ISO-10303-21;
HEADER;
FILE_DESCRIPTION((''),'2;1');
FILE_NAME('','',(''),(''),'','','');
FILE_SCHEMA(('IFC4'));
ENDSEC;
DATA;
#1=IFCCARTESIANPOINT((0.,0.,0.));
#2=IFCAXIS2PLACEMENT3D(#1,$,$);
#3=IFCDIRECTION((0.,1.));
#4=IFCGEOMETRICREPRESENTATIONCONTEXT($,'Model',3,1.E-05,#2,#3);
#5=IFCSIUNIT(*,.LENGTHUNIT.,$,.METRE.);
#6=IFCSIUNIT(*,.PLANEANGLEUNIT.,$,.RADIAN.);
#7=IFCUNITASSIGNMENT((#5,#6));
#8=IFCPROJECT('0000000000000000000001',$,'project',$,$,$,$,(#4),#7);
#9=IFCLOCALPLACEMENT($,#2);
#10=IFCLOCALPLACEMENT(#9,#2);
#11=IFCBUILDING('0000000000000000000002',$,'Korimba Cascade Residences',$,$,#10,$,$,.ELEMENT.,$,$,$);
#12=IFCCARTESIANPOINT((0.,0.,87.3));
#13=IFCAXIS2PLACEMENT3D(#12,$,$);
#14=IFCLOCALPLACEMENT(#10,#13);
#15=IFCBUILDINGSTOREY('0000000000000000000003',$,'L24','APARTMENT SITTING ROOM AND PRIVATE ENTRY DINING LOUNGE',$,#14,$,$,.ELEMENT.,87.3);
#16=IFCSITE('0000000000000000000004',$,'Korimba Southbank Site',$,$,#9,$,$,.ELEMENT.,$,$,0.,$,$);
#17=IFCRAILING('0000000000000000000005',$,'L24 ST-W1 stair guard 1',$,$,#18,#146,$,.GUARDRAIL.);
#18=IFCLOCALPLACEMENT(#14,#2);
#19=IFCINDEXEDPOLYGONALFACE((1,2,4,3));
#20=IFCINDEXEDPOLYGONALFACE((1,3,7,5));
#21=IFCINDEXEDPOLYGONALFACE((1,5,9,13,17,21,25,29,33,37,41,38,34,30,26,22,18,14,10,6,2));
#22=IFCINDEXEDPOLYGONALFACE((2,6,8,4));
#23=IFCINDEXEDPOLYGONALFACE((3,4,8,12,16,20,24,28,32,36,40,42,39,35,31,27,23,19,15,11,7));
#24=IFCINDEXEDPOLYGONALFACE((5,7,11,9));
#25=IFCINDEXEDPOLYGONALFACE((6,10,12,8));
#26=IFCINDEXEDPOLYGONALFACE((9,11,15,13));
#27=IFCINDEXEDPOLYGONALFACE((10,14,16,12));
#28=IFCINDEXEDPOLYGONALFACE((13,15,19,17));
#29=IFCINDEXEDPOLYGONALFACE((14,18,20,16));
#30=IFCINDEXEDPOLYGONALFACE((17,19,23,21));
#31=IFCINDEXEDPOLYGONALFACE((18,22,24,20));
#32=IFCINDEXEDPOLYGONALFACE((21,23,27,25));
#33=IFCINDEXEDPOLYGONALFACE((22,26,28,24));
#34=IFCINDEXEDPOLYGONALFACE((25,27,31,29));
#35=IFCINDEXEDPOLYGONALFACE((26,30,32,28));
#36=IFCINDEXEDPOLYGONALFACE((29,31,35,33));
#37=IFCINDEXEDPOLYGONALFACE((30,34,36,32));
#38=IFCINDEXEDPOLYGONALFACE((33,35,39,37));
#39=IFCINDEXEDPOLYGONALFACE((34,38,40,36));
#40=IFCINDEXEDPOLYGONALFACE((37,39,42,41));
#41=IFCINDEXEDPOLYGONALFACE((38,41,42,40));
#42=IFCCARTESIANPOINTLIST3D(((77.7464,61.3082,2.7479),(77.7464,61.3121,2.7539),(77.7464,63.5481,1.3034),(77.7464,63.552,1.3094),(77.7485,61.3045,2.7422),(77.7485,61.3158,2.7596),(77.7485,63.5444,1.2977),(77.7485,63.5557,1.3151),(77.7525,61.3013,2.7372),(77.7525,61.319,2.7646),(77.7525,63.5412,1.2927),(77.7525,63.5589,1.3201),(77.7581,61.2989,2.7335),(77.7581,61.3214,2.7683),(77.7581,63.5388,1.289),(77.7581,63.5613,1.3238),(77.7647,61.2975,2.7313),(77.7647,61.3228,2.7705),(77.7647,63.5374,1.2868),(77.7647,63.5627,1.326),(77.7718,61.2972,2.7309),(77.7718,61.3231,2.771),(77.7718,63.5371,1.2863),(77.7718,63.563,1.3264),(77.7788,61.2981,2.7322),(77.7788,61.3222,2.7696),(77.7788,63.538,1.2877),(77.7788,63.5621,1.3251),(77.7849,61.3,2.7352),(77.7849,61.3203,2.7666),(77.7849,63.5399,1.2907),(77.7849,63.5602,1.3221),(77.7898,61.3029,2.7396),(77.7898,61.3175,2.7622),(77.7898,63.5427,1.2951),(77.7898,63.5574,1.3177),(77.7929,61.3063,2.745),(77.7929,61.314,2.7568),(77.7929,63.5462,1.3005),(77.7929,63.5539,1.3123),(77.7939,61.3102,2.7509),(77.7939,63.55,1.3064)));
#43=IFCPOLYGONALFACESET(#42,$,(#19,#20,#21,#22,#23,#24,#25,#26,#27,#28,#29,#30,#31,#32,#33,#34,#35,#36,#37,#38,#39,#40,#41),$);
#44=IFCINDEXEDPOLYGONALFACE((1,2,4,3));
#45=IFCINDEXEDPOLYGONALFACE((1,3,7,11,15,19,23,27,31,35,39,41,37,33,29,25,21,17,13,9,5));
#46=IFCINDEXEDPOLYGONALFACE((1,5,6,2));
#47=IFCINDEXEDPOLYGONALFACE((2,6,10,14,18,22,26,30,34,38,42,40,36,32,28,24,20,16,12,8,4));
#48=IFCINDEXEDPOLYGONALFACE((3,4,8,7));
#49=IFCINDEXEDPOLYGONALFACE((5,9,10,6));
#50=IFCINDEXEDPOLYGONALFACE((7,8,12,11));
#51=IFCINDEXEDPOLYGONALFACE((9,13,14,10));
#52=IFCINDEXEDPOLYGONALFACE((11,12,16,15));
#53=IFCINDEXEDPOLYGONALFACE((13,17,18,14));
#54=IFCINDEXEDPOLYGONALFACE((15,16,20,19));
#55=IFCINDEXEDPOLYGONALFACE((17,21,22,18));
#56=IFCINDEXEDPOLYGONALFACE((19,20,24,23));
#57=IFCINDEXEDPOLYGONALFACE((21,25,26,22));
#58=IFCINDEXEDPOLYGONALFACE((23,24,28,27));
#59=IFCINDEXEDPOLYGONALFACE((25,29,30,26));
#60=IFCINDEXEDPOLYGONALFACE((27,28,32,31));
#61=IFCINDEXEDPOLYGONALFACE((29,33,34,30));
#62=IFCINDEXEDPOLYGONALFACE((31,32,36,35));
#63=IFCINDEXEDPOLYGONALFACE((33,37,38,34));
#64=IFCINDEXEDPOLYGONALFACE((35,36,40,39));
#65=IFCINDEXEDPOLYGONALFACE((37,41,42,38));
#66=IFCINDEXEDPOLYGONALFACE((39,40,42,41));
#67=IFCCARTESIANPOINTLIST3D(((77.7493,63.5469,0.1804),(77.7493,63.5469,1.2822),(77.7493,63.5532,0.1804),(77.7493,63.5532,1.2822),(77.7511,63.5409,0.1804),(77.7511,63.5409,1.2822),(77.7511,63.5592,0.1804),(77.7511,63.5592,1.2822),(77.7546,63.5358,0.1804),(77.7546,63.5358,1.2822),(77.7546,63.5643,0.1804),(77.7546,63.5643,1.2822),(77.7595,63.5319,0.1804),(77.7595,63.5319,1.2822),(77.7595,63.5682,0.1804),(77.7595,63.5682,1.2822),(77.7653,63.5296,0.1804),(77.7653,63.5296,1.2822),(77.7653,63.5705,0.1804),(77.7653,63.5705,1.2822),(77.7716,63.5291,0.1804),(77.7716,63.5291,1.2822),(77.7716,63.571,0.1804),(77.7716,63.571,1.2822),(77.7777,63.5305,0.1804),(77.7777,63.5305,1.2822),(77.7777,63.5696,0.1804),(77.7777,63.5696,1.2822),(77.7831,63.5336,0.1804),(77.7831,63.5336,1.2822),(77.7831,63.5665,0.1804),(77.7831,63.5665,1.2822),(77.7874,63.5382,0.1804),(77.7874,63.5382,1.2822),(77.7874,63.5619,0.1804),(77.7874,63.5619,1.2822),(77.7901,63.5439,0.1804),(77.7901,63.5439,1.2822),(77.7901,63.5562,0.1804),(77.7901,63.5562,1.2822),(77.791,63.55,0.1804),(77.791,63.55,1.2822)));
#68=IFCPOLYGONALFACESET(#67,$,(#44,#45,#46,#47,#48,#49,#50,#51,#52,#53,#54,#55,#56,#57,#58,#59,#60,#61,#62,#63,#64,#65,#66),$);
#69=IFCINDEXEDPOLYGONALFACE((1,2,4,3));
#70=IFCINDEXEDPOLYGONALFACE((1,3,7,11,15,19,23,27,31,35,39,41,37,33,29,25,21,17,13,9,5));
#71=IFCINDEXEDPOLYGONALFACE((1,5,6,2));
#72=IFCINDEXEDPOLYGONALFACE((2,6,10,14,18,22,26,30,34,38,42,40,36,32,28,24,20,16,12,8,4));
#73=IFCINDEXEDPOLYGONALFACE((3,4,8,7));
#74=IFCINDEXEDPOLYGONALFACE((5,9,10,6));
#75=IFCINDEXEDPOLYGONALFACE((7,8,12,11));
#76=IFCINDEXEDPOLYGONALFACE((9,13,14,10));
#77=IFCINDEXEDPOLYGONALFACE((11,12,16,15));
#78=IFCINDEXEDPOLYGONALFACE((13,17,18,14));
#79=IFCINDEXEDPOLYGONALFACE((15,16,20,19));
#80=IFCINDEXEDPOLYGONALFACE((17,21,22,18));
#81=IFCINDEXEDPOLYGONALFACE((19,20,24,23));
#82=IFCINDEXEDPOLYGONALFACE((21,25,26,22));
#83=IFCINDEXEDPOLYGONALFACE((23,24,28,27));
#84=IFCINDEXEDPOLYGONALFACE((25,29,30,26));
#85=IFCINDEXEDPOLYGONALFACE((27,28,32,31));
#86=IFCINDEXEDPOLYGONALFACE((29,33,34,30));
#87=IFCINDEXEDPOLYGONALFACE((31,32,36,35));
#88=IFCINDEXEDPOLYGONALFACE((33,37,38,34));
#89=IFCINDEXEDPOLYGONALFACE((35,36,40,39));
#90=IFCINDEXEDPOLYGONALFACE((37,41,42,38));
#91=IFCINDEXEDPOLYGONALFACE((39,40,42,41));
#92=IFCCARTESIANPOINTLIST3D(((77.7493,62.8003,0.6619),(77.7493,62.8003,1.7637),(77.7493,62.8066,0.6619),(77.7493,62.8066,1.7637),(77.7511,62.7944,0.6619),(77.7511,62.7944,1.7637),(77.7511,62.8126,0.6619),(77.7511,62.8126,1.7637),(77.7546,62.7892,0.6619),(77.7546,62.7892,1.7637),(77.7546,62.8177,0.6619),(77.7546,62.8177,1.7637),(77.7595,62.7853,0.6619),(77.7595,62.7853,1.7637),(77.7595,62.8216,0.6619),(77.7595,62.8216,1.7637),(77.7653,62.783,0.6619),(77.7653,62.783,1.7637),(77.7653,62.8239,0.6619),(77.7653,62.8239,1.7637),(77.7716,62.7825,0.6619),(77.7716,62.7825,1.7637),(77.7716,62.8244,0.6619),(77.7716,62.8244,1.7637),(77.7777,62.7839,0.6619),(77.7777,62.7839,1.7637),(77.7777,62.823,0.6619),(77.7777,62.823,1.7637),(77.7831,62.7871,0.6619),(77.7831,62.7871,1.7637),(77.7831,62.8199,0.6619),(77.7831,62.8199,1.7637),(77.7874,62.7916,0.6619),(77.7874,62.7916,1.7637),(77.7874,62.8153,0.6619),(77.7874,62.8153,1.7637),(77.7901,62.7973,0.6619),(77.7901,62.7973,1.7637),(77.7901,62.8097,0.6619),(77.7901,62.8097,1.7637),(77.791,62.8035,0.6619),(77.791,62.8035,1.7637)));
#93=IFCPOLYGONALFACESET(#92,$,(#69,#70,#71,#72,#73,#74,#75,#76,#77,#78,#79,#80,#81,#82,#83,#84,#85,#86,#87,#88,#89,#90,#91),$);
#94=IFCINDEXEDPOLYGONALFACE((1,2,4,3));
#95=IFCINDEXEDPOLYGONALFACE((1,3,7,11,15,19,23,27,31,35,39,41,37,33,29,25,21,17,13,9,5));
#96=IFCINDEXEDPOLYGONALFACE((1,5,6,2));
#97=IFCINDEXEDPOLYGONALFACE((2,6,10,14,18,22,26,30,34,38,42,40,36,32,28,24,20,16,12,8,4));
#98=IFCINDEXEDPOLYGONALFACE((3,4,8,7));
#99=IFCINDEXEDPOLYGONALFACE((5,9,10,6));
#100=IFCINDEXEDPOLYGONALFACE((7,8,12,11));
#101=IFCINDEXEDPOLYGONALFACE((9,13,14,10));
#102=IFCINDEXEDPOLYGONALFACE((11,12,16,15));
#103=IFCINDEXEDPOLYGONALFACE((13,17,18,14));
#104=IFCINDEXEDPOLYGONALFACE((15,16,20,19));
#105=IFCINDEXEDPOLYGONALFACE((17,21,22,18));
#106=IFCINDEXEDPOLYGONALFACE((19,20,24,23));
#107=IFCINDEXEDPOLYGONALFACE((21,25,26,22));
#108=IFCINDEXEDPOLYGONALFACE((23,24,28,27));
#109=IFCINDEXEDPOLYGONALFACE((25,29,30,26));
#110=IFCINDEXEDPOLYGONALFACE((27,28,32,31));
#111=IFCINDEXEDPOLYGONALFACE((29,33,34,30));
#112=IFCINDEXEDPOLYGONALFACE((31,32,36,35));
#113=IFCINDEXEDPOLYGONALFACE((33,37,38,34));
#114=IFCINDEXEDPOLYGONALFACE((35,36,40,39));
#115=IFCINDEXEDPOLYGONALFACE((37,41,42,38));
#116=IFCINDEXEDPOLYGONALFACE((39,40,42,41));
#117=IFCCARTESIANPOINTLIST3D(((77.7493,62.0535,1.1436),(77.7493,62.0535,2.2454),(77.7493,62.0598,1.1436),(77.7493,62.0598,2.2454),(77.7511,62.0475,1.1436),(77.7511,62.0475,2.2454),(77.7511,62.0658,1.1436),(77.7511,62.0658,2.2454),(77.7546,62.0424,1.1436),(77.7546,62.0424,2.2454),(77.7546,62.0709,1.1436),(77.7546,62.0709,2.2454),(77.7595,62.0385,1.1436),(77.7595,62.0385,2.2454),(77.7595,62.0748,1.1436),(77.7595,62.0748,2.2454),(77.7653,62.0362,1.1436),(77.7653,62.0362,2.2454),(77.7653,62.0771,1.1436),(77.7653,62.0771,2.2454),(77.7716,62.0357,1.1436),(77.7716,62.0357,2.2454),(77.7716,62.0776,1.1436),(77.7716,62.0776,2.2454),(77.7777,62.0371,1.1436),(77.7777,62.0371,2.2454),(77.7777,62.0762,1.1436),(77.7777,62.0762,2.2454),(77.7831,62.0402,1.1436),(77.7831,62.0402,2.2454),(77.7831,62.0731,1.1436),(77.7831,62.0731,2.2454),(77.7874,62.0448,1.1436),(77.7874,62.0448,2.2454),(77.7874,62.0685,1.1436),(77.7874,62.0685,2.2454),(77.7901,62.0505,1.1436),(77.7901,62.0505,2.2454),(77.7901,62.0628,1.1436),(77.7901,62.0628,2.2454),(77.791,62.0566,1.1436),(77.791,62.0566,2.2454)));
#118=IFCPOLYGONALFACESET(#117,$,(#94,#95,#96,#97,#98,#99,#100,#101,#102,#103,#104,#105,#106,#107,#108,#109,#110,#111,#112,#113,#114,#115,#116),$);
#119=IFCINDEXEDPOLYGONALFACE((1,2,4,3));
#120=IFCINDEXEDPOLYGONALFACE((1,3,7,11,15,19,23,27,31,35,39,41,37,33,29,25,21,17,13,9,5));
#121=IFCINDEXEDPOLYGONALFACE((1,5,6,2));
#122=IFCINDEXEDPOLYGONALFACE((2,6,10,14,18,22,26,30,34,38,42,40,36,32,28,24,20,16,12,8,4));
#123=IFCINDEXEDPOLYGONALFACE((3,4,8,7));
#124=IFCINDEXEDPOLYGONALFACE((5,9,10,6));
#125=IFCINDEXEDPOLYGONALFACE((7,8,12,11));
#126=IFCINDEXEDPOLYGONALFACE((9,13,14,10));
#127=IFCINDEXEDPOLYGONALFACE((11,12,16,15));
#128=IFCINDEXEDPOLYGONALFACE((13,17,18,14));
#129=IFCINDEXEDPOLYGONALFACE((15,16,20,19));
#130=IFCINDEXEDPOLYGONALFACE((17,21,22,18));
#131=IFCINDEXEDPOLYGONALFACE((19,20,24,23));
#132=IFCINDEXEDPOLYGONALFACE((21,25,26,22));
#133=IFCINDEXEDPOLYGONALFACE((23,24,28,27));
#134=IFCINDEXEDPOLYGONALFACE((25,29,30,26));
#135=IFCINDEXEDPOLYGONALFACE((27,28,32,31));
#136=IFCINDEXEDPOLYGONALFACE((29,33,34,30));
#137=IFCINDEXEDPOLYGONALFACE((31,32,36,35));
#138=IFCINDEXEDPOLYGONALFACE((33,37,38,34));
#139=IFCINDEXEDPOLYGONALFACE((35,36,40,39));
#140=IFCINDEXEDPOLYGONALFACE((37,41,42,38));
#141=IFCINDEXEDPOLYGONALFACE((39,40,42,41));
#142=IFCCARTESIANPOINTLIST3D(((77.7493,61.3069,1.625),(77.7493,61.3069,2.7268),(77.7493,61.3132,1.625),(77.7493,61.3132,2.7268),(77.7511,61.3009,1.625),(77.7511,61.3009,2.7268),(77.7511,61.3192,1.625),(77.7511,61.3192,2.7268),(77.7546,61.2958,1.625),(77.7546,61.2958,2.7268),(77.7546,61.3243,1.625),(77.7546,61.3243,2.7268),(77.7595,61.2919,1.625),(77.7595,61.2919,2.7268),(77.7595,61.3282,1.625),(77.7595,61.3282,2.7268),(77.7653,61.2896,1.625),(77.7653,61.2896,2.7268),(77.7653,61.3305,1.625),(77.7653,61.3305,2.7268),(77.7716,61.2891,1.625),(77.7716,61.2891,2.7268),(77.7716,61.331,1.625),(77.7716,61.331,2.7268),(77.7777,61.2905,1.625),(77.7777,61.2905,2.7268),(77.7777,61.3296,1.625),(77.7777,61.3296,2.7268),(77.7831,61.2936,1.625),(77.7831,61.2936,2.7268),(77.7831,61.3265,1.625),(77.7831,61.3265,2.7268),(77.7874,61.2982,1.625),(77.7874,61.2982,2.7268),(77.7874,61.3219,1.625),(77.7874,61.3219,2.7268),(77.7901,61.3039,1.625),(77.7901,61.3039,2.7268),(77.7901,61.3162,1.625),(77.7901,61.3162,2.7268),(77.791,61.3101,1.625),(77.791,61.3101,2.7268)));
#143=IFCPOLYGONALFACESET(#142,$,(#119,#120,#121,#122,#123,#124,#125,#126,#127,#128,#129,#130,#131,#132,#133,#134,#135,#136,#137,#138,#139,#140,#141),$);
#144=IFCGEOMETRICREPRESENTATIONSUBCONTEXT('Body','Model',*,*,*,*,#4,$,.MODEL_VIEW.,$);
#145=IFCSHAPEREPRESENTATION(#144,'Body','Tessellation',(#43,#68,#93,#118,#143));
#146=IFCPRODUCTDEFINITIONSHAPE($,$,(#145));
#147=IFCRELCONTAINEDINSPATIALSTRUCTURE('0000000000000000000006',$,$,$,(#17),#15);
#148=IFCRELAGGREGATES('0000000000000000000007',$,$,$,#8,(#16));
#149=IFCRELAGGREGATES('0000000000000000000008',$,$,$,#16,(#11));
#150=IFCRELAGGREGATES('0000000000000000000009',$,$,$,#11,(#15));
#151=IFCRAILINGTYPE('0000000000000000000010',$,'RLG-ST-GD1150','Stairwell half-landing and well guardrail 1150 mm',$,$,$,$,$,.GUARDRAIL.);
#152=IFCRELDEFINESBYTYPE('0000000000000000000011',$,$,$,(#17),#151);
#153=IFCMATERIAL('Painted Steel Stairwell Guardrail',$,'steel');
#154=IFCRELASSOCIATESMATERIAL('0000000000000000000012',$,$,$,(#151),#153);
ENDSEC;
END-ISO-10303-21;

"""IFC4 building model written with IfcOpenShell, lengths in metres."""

from ifc_helpers import new_model, si_unit, direction, frame, origin, origin_2d, place, context, subcontext, project, spatial, circle, extrude, material, type_object, element, save


model = new_model("IFC4")

# Units and contexts
model_context = context("Model", 3, precision=1e-05, world=origin(), true_north=direction((0.0, 1.0)))
body_context = subcontext(model_context, "Body", "Model", "MODEL_VIEW")
ifc_project = project(units=[si_unit("LENGTHUNIT", "METRE"), si_unit("PLANEANGLEUNIT", "RADIAN")], contexts=[model_context])

# Site, building, storey
site_placement = place(None, origin())
site = spatial("IfcSite", under=ifc_project, at=site_placement, Name="Korimba Southbank Site", CompositionType="ELEMENT", RefElevation=0.0)
building_placement = place(site_placement, origin())
building = spatial("IfcBuilding", under=site, at=building_placement, Name="Korimba Cascade Residences", CompositionType="ELEMENT")
storey_placement = place(building_placement, frame((0.0, 0.0, 87.3)))
storey = spatial("IfcBuildingStorey", under=building, at=storey_placement, Name="L24", Description="APARTMENT SITTING ROOM AND PRIVATE ENTRY DINING LOUNGE", CompositionType="ELEMENT", Elevation=87.3)

# Railing
ifc_material_1 = material(Name="Painted Steel Stairwell Guardrail", Category="steel")
railing_type_1 = type_object("IfcRailingType", Name="RLG-ST-GD1150", Description="Stairwell half-landing and well guardrail 1150 mm", PredefinedType="GUARDRAIL", material=ifc_material_1)
railing_1_placement = place(storey_placement, frame((77.77, 63.55, 0.1804)))
element("IfcRailing", 1, at=railing_1_placement, inside=storey, type_object=railing_type_1, Name="L24 ST-W1 stair guard 1", PredefinedType="GUARDRAIL", context=body_context, shape_type="SweptSolid", body=[
    extrude(circle(Radius=0.0239, at=origin_2d()), frame((0.0, 0.0, 1.126), z_axis=(0.0, -0.840395, 0.541975), x_axis=(1.0, 0.0, 0.0)), (0.0, 0.0, 1.0), 2.6653),
    extrude(circle(Radius=0.021, at=origin_2d()), origin(), (0.0, 0.0, 1.0), 1.1018),
    extrude(circle(Radius=0.021, at=origin_2d()), frame((0.0, -0.7466, 0.4814)), (0.0, 0.0, 1.0), 1.1018),
    extrude(circle(Radius=0.021, at=origin_2d()), frame((0.0, -1.4934, 0.9631)), (0.0, 0.0, 1.0), 1.1018),
    extrude(circle(Radius=0.021, at=origin_2d()), frame((0.0, -2.24, 1.4446)), (0.0, 0.0, 1.0), 1.1018),
])

save(model, "model.ifc")
